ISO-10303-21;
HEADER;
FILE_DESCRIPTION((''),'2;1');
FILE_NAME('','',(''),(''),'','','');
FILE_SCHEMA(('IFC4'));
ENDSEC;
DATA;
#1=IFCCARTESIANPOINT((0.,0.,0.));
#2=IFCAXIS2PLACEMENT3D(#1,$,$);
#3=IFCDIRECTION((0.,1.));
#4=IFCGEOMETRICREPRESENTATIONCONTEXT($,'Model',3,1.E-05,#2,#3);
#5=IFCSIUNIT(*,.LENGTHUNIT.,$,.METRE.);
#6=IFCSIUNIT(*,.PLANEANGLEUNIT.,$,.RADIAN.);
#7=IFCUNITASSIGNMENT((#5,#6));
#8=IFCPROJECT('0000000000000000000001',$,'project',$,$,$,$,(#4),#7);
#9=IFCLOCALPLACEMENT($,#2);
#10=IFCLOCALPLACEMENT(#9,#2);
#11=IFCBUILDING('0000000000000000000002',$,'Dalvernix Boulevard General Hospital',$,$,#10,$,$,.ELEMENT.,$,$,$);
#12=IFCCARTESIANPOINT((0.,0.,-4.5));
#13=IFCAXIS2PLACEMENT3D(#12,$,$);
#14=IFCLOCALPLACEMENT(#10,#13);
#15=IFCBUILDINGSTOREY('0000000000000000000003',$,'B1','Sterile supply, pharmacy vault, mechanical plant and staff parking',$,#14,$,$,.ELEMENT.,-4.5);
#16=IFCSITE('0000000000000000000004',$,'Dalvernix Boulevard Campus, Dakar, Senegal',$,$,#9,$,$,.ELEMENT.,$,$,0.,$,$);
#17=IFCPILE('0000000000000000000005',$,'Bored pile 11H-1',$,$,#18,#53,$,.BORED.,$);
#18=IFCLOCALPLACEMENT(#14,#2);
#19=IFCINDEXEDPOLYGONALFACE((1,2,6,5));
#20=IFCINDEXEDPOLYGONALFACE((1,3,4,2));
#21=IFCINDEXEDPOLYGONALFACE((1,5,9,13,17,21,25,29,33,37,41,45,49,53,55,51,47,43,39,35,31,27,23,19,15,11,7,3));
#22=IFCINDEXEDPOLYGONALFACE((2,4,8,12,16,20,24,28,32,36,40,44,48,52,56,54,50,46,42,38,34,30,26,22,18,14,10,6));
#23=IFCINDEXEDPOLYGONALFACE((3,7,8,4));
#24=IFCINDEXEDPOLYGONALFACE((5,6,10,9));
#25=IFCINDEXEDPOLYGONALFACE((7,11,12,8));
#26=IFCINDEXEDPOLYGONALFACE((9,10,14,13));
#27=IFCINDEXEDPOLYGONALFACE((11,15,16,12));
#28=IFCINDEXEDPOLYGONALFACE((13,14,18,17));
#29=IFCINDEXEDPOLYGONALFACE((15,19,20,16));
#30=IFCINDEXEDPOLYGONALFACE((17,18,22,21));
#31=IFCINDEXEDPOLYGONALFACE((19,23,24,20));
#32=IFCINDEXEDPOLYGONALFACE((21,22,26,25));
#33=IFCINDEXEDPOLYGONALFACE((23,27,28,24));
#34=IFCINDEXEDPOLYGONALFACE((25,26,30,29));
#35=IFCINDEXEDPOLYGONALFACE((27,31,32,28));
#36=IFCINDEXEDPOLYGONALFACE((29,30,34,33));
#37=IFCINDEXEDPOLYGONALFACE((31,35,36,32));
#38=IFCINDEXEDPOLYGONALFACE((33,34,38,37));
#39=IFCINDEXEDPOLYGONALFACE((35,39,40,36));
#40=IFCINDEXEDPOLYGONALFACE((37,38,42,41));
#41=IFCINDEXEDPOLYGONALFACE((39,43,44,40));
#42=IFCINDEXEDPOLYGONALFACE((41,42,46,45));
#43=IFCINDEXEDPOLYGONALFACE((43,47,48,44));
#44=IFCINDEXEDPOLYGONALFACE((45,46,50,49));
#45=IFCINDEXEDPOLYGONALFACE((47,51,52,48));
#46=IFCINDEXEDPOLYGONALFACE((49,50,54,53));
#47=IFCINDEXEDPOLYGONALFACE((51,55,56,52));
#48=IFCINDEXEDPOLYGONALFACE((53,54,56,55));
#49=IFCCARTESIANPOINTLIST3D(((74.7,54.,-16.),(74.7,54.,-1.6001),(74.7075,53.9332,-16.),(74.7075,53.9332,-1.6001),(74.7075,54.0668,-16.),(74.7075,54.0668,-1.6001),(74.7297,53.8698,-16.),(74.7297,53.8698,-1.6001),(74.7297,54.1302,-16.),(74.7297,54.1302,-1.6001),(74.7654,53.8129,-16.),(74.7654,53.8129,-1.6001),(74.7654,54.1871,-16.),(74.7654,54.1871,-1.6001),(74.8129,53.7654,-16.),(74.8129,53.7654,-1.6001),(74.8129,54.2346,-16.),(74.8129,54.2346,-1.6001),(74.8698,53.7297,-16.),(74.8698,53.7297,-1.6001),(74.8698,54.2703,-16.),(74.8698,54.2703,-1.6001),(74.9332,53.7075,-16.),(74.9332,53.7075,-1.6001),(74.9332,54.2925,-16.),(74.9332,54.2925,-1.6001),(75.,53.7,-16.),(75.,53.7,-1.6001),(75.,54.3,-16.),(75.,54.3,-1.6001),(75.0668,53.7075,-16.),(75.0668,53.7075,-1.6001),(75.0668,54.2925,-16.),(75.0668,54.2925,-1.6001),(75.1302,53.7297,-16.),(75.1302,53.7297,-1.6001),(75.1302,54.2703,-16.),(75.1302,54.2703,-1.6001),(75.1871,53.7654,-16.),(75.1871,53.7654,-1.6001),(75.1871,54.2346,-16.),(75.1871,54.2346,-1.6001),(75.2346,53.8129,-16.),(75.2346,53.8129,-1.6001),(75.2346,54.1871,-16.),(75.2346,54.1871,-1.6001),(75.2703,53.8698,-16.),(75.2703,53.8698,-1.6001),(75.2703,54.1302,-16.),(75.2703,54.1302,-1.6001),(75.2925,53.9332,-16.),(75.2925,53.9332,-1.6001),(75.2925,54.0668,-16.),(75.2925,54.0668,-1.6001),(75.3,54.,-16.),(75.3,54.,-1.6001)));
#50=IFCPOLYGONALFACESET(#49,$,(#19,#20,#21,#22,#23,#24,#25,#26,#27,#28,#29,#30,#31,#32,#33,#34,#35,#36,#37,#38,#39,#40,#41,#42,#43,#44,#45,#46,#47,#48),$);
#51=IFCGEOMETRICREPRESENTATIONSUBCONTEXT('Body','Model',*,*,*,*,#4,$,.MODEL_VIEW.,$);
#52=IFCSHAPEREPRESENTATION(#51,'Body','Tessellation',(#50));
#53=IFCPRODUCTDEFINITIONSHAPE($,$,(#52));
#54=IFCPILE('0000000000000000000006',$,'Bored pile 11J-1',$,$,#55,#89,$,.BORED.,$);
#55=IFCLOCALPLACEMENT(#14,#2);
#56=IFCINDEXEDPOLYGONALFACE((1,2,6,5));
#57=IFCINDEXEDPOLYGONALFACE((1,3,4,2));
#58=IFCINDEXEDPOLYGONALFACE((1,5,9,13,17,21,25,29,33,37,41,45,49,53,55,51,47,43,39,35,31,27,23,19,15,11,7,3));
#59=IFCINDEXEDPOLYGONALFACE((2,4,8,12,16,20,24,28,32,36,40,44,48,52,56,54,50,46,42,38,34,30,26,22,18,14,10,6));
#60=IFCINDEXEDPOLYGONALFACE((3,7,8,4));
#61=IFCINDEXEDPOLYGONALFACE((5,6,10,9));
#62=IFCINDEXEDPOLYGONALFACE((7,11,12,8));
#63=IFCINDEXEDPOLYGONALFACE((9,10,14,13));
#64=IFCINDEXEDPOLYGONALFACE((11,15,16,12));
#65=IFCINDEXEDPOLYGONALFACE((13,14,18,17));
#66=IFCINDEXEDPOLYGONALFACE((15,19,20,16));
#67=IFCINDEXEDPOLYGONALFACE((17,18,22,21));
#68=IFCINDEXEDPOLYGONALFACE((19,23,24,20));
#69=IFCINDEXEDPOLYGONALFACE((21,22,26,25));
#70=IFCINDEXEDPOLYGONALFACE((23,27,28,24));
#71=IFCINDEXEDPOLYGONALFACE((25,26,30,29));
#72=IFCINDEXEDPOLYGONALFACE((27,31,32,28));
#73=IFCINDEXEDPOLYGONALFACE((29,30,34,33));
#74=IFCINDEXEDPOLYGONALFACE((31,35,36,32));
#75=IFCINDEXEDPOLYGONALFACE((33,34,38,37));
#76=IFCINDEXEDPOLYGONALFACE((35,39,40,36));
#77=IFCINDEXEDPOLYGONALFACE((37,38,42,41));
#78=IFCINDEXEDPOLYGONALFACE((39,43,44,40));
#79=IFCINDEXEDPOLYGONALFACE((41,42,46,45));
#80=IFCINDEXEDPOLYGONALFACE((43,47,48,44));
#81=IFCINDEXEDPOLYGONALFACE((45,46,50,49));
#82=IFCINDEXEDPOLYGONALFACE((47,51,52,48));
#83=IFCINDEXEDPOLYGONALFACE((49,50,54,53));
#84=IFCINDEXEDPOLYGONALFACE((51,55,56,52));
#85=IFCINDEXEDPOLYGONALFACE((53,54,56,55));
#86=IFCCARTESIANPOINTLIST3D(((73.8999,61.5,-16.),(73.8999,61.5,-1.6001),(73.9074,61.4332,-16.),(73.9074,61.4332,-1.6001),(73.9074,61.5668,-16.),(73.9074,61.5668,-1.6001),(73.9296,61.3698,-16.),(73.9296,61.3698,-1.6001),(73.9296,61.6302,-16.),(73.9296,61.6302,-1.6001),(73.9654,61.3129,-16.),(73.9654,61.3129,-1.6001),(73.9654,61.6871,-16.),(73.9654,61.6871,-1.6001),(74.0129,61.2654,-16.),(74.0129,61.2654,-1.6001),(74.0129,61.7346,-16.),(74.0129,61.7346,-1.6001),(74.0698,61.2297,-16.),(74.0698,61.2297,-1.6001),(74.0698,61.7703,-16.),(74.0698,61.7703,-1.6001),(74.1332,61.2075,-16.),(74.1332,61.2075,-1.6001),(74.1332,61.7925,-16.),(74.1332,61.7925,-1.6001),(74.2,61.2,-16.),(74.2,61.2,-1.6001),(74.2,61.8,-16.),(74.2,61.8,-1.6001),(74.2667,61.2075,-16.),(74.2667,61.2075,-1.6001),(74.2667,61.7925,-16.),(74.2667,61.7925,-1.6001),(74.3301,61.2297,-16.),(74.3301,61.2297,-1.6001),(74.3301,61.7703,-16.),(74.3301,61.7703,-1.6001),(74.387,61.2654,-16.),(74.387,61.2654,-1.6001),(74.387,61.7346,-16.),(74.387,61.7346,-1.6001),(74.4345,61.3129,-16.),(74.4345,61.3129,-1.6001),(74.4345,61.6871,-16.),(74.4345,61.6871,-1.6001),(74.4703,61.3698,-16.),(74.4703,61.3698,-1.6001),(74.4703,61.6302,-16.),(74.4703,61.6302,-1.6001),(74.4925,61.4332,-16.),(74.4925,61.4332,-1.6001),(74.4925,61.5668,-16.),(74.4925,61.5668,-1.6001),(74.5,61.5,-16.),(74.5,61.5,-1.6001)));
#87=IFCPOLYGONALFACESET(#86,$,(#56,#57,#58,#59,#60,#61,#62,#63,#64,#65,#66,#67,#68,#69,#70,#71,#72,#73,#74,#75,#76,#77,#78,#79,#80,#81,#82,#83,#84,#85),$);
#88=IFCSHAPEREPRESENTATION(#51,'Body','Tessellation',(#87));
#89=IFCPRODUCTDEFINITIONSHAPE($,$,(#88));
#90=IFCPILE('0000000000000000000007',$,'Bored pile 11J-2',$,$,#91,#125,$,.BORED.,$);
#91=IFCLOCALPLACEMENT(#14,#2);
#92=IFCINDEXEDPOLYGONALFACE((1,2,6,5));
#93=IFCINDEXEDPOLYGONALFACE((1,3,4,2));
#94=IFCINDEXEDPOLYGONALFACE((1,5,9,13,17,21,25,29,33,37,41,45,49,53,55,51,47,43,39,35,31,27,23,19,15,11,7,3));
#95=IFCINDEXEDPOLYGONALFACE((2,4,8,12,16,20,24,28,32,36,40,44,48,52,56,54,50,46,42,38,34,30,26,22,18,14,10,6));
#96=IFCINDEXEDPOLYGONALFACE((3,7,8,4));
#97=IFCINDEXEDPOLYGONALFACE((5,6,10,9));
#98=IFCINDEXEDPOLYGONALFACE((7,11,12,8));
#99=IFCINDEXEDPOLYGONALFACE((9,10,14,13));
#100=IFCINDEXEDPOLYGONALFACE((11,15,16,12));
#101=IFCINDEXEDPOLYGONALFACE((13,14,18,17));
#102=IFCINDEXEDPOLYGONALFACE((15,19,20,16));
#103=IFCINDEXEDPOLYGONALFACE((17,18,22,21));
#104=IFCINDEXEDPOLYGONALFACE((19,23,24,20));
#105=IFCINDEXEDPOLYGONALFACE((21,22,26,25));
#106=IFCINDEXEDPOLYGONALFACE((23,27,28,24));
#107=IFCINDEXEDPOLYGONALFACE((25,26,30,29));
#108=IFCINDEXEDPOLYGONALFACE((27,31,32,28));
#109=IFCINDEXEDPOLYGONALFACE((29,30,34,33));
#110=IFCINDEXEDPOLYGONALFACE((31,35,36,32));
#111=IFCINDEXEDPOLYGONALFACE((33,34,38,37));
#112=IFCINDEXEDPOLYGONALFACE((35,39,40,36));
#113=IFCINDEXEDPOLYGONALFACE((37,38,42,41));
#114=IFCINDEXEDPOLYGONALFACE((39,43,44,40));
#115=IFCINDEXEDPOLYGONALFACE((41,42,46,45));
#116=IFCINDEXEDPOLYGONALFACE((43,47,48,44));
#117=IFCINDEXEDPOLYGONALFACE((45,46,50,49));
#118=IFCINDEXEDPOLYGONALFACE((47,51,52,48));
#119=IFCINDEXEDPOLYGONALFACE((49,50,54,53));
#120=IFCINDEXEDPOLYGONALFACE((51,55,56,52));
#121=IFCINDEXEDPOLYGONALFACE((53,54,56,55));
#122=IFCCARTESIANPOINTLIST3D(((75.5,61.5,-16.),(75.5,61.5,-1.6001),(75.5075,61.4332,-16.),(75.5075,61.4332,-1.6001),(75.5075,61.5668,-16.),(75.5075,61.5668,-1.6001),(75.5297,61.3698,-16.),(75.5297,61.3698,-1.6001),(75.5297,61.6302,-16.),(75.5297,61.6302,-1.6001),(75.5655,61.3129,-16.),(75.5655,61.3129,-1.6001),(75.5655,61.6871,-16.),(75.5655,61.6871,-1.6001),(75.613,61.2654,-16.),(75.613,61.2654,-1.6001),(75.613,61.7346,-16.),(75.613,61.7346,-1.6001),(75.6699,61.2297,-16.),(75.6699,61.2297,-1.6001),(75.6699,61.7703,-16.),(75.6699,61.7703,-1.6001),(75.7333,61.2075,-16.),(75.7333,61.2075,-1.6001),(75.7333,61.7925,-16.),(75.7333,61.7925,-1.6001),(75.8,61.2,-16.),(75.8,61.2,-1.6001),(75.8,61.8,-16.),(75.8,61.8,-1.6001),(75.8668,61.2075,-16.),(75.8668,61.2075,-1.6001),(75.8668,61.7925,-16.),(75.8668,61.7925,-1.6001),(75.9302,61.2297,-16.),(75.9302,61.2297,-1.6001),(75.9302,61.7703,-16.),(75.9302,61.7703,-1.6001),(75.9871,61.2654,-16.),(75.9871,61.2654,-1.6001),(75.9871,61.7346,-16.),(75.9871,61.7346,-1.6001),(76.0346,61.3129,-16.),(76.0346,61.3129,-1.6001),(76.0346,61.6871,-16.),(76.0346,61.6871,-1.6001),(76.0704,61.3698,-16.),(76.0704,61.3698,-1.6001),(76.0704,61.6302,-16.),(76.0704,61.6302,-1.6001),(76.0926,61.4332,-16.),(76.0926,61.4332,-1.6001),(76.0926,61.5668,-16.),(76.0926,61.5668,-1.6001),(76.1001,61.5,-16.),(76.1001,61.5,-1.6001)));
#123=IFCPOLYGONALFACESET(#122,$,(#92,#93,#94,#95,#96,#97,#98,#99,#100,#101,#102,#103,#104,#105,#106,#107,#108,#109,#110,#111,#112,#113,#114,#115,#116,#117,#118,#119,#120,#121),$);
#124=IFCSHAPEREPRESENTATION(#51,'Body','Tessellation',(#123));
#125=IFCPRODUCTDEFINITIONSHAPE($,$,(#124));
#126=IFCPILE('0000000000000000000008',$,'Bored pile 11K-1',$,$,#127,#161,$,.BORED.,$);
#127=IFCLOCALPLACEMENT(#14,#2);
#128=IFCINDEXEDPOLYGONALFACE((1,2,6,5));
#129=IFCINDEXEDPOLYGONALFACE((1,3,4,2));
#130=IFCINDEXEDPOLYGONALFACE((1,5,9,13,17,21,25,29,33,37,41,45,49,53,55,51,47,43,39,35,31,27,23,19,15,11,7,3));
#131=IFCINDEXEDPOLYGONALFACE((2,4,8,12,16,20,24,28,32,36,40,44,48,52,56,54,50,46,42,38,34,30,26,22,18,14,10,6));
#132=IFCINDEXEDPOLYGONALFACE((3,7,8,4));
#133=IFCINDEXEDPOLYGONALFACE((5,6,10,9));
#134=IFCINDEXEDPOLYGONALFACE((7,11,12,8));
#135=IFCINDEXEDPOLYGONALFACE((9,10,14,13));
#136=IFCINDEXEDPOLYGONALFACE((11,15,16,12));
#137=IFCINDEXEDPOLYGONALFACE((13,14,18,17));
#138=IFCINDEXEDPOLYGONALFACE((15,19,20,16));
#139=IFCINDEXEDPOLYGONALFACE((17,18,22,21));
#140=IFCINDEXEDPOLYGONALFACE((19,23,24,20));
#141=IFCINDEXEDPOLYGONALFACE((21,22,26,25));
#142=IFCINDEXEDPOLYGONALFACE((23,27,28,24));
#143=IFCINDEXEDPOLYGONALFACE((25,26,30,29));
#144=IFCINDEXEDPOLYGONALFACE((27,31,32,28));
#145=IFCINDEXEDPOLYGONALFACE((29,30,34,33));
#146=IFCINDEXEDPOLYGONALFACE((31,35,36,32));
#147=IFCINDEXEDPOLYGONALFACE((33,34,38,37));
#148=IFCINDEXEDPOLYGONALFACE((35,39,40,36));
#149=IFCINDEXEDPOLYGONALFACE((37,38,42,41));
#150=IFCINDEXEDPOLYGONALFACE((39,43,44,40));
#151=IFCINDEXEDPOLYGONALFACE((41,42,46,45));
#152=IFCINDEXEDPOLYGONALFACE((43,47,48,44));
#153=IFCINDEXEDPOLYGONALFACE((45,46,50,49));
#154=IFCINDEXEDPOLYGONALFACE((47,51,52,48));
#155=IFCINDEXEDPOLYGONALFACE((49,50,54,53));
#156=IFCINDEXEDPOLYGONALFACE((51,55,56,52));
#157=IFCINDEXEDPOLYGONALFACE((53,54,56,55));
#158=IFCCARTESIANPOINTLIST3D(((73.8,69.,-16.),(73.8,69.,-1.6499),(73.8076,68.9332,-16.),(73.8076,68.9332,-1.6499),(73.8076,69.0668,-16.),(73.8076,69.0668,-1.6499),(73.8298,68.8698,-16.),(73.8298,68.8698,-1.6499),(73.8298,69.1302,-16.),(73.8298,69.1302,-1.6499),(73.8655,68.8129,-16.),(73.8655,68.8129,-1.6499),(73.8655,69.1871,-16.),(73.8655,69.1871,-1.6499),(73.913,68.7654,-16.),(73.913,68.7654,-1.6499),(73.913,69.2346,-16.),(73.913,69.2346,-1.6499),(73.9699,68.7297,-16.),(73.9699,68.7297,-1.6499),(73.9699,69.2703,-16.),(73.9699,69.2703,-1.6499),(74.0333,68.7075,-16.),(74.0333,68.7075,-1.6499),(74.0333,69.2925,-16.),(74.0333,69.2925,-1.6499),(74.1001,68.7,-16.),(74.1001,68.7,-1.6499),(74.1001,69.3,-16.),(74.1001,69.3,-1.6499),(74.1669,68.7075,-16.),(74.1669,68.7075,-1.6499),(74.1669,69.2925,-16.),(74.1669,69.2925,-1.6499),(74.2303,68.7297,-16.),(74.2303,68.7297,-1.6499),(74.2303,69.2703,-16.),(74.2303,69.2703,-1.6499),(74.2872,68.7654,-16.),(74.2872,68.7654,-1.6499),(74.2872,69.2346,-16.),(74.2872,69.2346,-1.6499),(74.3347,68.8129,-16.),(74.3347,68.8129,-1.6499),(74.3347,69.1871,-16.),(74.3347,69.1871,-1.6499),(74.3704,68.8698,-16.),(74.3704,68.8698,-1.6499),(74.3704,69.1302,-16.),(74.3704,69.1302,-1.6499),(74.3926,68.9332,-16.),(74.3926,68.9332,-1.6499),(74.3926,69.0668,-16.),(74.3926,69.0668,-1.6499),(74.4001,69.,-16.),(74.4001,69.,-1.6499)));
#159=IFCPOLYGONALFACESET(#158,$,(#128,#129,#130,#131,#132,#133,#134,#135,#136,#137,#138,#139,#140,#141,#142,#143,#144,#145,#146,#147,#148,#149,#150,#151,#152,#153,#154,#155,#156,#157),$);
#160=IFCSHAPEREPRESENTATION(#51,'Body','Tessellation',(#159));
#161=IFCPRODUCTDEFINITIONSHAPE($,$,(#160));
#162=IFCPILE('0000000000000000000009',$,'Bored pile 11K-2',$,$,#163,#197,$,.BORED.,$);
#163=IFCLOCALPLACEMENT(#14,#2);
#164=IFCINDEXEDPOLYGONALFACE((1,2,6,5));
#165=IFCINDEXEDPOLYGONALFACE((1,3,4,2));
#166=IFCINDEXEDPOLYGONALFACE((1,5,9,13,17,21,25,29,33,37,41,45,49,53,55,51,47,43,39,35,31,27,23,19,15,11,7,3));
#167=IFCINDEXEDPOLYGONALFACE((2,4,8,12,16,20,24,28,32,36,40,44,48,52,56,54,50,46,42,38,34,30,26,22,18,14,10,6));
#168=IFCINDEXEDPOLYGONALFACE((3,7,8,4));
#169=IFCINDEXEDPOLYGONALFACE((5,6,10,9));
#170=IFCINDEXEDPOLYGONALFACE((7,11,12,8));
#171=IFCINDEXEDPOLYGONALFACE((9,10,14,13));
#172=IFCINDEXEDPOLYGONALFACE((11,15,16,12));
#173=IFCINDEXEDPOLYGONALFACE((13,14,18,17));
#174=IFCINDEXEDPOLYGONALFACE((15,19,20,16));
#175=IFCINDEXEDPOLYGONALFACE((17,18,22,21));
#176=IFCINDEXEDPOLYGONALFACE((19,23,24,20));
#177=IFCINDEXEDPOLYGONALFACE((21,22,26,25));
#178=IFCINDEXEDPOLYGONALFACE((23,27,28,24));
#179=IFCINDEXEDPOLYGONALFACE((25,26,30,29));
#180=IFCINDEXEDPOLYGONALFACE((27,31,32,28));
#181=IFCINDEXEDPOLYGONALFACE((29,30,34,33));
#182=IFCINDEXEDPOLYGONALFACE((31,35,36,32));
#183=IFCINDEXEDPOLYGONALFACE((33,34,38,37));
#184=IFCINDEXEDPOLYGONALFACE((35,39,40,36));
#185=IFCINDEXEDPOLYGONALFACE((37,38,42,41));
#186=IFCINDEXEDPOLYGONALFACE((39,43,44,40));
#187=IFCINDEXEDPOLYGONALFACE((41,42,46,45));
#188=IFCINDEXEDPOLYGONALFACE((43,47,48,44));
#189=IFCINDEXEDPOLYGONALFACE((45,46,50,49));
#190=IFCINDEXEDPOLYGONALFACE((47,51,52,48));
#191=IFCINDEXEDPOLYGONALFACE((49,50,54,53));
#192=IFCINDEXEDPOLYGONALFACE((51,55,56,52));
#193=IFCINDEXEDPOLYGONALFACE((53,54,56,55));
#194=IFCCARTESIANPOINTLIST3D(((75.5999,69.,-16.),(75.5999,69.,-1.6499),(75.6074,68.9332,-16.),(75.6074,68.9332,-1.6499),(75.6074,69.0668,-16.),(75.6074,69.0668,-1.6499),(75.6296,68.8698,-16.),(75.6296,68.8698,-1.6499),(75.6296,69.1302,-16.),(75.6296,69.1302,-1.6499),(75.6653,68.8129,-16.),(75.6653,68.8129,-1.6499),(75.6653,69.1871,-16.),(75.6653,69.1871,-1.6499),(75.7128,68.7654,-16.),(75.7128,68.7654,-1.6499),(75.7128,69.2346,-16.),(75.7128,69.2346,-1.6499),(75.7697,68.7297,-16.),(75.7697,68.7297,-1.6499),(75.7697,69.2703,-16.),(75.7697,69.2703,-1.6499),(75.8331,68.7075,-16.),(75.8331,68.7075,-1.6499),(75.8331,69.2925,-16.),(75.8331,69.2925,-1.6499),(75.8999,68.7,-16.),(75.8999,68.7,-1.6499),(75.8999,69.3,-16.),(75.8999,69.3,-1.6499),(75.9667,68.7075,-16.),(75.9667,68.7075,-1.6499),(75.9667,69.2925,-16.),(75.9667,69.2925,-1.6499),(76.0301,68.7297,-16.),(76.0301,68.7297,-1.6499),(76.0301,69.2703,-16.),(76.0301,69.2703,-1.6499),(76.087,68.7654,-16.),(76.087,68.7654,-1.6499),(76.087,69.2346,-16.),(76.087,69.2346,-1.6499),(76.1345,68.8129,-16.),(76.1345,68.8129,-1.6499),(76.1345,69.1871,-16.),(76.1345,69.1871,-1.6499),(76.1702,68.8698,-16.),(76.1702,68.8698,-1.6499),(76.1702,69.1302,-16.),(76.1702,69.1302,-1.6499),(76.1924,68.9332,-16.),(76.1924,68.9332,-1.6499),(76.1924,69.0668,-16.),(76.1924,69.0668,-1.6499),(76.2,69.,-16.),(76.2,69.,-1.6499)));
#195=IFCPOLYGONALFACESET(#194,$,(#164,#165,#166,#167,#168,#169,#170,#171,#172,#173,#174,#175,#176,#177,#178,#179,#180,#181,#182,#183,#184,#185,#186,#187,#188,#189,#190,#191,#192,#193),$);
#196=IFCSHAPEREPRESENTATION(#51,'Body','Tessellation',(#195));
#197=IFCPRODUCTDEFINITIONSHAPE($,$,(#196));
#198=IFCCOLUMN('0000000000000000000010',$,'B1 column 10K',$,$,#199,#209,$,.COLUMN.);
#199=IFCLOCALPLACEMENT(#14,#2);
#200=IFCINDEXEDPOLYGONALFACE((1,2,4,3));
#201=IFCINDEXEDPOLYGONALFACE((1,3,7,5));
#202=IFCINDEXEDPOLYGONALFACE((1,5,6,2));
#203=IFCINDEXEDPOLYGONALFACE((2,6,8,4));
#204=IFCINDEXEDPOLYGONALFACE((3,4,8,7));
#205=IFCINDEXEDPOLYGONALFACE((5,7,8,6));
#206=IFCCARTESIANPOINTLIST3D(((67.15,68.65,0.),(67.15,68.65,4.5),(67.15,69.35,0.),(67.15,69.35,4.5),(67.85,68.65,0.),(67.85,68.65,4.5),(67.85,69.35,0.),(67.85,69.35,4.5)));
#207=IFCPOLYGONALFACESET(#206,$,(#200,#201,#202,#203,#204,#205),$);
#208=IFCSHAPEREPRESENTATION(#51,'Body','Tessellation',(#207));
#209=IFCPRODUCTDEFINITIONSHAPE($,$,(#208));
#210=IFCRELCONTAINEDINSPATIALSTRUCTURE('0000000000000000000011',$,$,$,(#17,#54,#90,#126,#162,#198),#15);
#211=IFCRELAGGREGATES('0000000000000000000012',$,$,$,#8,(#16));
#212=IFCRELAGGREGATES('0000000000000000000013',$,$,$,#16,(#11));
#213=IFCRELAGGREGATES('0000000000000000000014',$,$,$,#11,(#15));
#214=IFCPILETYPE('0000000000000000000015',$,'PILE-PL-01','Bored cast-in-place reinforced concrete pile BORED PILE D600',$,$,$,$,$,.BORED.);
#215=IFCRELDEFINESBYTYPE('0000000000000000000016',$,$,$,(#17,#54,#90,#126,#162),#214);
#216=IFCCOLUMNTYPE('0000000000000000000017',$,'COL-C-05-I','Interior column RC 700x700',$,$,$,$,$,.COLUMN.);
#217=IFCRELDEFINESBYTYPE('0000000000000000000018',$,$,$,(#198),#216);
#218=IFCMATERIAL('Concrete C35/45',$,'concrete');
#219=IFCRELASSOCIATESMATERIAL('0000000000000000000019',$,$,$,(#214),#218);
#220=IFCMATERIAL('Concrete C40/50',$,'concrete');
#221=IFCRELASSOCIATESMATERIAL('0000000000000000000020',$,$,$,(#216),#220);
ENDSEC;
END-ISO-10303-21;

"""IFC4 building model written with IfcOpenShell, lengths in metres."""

from ifc_helpers import new_model, si_unit, direction, frame, origin, origin_2d, place, context, subcontext, project, spatial, rectangle, circle, extrude, material, material_profile, profile_set, type_object, element, save


model = new_model("IFC4")

# Units and contexts
model_context = context("Model", 3, precision=1e-05, world=origin(), true_north=direction((0.0, 1.0)))
body_context = subcontext(model_context, "Body", "Model", "MODEL_VIEW")
ifc_project = project(units=[si_unit("LENGTHUNIT", "METRE"), si_unit("PLANEANGLEUNIT", "RADIAN")], contexts=[model_context])

# Site, building, storey
site_placement = place(None, origin())
site = spatial("IfcSite", under=ifc_project, at=site_placement, Name="Dalvernix Boulevard Campus, Dakar, Senegal", CompositionType="ELEMENT", RefElevation=0.0)
building_placement = place(site_placement, origin())
building = spatial("IfcBuilding", under=site, at=building_placement, Name="Dalvernix Boulevard General Hospital", CompositionType="ELEMENT")
storey_placement = place(building_placement, frame((0.0, 0.0, -4.5)))
storey = spatial("IfcBuildingStorey", under=building, at=storey_placement, Name="B1", Description="Sterile supply, pharmacy vault, mechanical plant and staff parking", CompositionType="ELEMENT", Elevation=-4.5)

# Shared definitions
ifc_material_1 = material(Name="Concrete C35/45", Category="concrete")
ifc_material_2 = material(Name="Concrete C40/50", Category="concrete")

# Piles
ifc_material_profile_1 = material_profile(ifc_material_1, circle(Radius=0.3, at=origin_2d()), Name="BORED PILE D600")
ifc_profile_set_1 = profile_set([ifc_material_profile_1], Name="Concrete C35/45")
pile_type = type_object("IfcPileType", Name="PILE-PL-01", Description="Bored cast-in-place reinforced concrete pile BORED PILE D600", PredefinedType="BORED", material=ifc_profile_set_1)
for number, where, z_axis, x_axis, name in (
    (1, (75.0, 54.0, -1.6001), (0.0, 0.0, -1.0), (1.0, 0.0, 0.0), "Bored pile 11H-1"),
    (2, (74.2, 61.5, -1.6001), (0.0, 0.0, -1.0), (1.0, 0.0, 0.0), "Bored pile 11J-1"),
    (3, (75.8, 61.5, -1.6001), (0.0, 0.0, -1.0), (1.0, 0.0, 0.0), "Bored pile 11J-2"),
):
    element("IfcPile", number, at=place(storey_placement, frame(where, z_axis=z_axis, x_axis=x_axis)), inside=storey, type_object=pile_type, Name=name, PredefinedType="BORED", context=body_context, shape_type="SweptSolid", body=[
        extrude(circle(Radius=0.3, at=origin_2d()), origin(), (0.0, 0.0, 1.0), 14.3999),
    ])
for number, where, z_axis, x_axis, name in (
    (4, (74.1001, 69.0, -1.6499), (0.0, 0.0, -1.0), (1.0, 0.0, 0.0), "Bored pile 11K-1"),
    (5, (75.8999, 69.0, -1.6499), (0.0, 0.0, -1.0), (1.0, 0.0, 0.0), "Bored pile 11K-2"),
):
    element("IfcPile", number, at=place(storey_placement, frame(where, z_axis=z_axis, x_axis=x_axis)), inside=storey, type_object=pile_type, Name=name, PredefinedType="BORED", context=body_context, shape_type="SweptSolid", body=[
        extrude(circle(Radius=0.3, at=origin_2d()), origin(), (0.0, 0.0, 1.0), 14.3501),
    ])

# Column
ifc_material_profile_2 = material_profile(ifc_material_2, rectangle(XDim=0.7, YDim=0.7, at=origin_2d()), Name="RC 700x700")
ifc_profile_set_2 = profile_set([ifc_material_profile_2], Name="Concrete C40/50")
column_type_1 = type_object("IfcColumnType", Name="COL-C-05-I", Description="Interior column RC 700x700", PredefinedType="COLUMN", material=ifc_profile_set_2)
for number, where, z_axis, x_axis, name in (
    (6, (67.5, 69.0, 0.0), (0.0, 0.0, 1.0), (1.0, 0.0, 0.0), "B1 column 10K"),
):
    element("IfcColumn", number, at=place(storey_placement, frame(where, z_axis=z_axis, x_axis=x_axis)), inside=storey, type_object=column_type_1, Name=name, PredefinedType="COLUMN", context=body_context, shape_type="SweptSolid", body=[
        extrude(rectangle(XDim=0.7, YDim=0.7, at=origin_2d()), origin(), (0.0, 0.0, 1.0), 4.5),
    ])

save(model, "model.ifc")
